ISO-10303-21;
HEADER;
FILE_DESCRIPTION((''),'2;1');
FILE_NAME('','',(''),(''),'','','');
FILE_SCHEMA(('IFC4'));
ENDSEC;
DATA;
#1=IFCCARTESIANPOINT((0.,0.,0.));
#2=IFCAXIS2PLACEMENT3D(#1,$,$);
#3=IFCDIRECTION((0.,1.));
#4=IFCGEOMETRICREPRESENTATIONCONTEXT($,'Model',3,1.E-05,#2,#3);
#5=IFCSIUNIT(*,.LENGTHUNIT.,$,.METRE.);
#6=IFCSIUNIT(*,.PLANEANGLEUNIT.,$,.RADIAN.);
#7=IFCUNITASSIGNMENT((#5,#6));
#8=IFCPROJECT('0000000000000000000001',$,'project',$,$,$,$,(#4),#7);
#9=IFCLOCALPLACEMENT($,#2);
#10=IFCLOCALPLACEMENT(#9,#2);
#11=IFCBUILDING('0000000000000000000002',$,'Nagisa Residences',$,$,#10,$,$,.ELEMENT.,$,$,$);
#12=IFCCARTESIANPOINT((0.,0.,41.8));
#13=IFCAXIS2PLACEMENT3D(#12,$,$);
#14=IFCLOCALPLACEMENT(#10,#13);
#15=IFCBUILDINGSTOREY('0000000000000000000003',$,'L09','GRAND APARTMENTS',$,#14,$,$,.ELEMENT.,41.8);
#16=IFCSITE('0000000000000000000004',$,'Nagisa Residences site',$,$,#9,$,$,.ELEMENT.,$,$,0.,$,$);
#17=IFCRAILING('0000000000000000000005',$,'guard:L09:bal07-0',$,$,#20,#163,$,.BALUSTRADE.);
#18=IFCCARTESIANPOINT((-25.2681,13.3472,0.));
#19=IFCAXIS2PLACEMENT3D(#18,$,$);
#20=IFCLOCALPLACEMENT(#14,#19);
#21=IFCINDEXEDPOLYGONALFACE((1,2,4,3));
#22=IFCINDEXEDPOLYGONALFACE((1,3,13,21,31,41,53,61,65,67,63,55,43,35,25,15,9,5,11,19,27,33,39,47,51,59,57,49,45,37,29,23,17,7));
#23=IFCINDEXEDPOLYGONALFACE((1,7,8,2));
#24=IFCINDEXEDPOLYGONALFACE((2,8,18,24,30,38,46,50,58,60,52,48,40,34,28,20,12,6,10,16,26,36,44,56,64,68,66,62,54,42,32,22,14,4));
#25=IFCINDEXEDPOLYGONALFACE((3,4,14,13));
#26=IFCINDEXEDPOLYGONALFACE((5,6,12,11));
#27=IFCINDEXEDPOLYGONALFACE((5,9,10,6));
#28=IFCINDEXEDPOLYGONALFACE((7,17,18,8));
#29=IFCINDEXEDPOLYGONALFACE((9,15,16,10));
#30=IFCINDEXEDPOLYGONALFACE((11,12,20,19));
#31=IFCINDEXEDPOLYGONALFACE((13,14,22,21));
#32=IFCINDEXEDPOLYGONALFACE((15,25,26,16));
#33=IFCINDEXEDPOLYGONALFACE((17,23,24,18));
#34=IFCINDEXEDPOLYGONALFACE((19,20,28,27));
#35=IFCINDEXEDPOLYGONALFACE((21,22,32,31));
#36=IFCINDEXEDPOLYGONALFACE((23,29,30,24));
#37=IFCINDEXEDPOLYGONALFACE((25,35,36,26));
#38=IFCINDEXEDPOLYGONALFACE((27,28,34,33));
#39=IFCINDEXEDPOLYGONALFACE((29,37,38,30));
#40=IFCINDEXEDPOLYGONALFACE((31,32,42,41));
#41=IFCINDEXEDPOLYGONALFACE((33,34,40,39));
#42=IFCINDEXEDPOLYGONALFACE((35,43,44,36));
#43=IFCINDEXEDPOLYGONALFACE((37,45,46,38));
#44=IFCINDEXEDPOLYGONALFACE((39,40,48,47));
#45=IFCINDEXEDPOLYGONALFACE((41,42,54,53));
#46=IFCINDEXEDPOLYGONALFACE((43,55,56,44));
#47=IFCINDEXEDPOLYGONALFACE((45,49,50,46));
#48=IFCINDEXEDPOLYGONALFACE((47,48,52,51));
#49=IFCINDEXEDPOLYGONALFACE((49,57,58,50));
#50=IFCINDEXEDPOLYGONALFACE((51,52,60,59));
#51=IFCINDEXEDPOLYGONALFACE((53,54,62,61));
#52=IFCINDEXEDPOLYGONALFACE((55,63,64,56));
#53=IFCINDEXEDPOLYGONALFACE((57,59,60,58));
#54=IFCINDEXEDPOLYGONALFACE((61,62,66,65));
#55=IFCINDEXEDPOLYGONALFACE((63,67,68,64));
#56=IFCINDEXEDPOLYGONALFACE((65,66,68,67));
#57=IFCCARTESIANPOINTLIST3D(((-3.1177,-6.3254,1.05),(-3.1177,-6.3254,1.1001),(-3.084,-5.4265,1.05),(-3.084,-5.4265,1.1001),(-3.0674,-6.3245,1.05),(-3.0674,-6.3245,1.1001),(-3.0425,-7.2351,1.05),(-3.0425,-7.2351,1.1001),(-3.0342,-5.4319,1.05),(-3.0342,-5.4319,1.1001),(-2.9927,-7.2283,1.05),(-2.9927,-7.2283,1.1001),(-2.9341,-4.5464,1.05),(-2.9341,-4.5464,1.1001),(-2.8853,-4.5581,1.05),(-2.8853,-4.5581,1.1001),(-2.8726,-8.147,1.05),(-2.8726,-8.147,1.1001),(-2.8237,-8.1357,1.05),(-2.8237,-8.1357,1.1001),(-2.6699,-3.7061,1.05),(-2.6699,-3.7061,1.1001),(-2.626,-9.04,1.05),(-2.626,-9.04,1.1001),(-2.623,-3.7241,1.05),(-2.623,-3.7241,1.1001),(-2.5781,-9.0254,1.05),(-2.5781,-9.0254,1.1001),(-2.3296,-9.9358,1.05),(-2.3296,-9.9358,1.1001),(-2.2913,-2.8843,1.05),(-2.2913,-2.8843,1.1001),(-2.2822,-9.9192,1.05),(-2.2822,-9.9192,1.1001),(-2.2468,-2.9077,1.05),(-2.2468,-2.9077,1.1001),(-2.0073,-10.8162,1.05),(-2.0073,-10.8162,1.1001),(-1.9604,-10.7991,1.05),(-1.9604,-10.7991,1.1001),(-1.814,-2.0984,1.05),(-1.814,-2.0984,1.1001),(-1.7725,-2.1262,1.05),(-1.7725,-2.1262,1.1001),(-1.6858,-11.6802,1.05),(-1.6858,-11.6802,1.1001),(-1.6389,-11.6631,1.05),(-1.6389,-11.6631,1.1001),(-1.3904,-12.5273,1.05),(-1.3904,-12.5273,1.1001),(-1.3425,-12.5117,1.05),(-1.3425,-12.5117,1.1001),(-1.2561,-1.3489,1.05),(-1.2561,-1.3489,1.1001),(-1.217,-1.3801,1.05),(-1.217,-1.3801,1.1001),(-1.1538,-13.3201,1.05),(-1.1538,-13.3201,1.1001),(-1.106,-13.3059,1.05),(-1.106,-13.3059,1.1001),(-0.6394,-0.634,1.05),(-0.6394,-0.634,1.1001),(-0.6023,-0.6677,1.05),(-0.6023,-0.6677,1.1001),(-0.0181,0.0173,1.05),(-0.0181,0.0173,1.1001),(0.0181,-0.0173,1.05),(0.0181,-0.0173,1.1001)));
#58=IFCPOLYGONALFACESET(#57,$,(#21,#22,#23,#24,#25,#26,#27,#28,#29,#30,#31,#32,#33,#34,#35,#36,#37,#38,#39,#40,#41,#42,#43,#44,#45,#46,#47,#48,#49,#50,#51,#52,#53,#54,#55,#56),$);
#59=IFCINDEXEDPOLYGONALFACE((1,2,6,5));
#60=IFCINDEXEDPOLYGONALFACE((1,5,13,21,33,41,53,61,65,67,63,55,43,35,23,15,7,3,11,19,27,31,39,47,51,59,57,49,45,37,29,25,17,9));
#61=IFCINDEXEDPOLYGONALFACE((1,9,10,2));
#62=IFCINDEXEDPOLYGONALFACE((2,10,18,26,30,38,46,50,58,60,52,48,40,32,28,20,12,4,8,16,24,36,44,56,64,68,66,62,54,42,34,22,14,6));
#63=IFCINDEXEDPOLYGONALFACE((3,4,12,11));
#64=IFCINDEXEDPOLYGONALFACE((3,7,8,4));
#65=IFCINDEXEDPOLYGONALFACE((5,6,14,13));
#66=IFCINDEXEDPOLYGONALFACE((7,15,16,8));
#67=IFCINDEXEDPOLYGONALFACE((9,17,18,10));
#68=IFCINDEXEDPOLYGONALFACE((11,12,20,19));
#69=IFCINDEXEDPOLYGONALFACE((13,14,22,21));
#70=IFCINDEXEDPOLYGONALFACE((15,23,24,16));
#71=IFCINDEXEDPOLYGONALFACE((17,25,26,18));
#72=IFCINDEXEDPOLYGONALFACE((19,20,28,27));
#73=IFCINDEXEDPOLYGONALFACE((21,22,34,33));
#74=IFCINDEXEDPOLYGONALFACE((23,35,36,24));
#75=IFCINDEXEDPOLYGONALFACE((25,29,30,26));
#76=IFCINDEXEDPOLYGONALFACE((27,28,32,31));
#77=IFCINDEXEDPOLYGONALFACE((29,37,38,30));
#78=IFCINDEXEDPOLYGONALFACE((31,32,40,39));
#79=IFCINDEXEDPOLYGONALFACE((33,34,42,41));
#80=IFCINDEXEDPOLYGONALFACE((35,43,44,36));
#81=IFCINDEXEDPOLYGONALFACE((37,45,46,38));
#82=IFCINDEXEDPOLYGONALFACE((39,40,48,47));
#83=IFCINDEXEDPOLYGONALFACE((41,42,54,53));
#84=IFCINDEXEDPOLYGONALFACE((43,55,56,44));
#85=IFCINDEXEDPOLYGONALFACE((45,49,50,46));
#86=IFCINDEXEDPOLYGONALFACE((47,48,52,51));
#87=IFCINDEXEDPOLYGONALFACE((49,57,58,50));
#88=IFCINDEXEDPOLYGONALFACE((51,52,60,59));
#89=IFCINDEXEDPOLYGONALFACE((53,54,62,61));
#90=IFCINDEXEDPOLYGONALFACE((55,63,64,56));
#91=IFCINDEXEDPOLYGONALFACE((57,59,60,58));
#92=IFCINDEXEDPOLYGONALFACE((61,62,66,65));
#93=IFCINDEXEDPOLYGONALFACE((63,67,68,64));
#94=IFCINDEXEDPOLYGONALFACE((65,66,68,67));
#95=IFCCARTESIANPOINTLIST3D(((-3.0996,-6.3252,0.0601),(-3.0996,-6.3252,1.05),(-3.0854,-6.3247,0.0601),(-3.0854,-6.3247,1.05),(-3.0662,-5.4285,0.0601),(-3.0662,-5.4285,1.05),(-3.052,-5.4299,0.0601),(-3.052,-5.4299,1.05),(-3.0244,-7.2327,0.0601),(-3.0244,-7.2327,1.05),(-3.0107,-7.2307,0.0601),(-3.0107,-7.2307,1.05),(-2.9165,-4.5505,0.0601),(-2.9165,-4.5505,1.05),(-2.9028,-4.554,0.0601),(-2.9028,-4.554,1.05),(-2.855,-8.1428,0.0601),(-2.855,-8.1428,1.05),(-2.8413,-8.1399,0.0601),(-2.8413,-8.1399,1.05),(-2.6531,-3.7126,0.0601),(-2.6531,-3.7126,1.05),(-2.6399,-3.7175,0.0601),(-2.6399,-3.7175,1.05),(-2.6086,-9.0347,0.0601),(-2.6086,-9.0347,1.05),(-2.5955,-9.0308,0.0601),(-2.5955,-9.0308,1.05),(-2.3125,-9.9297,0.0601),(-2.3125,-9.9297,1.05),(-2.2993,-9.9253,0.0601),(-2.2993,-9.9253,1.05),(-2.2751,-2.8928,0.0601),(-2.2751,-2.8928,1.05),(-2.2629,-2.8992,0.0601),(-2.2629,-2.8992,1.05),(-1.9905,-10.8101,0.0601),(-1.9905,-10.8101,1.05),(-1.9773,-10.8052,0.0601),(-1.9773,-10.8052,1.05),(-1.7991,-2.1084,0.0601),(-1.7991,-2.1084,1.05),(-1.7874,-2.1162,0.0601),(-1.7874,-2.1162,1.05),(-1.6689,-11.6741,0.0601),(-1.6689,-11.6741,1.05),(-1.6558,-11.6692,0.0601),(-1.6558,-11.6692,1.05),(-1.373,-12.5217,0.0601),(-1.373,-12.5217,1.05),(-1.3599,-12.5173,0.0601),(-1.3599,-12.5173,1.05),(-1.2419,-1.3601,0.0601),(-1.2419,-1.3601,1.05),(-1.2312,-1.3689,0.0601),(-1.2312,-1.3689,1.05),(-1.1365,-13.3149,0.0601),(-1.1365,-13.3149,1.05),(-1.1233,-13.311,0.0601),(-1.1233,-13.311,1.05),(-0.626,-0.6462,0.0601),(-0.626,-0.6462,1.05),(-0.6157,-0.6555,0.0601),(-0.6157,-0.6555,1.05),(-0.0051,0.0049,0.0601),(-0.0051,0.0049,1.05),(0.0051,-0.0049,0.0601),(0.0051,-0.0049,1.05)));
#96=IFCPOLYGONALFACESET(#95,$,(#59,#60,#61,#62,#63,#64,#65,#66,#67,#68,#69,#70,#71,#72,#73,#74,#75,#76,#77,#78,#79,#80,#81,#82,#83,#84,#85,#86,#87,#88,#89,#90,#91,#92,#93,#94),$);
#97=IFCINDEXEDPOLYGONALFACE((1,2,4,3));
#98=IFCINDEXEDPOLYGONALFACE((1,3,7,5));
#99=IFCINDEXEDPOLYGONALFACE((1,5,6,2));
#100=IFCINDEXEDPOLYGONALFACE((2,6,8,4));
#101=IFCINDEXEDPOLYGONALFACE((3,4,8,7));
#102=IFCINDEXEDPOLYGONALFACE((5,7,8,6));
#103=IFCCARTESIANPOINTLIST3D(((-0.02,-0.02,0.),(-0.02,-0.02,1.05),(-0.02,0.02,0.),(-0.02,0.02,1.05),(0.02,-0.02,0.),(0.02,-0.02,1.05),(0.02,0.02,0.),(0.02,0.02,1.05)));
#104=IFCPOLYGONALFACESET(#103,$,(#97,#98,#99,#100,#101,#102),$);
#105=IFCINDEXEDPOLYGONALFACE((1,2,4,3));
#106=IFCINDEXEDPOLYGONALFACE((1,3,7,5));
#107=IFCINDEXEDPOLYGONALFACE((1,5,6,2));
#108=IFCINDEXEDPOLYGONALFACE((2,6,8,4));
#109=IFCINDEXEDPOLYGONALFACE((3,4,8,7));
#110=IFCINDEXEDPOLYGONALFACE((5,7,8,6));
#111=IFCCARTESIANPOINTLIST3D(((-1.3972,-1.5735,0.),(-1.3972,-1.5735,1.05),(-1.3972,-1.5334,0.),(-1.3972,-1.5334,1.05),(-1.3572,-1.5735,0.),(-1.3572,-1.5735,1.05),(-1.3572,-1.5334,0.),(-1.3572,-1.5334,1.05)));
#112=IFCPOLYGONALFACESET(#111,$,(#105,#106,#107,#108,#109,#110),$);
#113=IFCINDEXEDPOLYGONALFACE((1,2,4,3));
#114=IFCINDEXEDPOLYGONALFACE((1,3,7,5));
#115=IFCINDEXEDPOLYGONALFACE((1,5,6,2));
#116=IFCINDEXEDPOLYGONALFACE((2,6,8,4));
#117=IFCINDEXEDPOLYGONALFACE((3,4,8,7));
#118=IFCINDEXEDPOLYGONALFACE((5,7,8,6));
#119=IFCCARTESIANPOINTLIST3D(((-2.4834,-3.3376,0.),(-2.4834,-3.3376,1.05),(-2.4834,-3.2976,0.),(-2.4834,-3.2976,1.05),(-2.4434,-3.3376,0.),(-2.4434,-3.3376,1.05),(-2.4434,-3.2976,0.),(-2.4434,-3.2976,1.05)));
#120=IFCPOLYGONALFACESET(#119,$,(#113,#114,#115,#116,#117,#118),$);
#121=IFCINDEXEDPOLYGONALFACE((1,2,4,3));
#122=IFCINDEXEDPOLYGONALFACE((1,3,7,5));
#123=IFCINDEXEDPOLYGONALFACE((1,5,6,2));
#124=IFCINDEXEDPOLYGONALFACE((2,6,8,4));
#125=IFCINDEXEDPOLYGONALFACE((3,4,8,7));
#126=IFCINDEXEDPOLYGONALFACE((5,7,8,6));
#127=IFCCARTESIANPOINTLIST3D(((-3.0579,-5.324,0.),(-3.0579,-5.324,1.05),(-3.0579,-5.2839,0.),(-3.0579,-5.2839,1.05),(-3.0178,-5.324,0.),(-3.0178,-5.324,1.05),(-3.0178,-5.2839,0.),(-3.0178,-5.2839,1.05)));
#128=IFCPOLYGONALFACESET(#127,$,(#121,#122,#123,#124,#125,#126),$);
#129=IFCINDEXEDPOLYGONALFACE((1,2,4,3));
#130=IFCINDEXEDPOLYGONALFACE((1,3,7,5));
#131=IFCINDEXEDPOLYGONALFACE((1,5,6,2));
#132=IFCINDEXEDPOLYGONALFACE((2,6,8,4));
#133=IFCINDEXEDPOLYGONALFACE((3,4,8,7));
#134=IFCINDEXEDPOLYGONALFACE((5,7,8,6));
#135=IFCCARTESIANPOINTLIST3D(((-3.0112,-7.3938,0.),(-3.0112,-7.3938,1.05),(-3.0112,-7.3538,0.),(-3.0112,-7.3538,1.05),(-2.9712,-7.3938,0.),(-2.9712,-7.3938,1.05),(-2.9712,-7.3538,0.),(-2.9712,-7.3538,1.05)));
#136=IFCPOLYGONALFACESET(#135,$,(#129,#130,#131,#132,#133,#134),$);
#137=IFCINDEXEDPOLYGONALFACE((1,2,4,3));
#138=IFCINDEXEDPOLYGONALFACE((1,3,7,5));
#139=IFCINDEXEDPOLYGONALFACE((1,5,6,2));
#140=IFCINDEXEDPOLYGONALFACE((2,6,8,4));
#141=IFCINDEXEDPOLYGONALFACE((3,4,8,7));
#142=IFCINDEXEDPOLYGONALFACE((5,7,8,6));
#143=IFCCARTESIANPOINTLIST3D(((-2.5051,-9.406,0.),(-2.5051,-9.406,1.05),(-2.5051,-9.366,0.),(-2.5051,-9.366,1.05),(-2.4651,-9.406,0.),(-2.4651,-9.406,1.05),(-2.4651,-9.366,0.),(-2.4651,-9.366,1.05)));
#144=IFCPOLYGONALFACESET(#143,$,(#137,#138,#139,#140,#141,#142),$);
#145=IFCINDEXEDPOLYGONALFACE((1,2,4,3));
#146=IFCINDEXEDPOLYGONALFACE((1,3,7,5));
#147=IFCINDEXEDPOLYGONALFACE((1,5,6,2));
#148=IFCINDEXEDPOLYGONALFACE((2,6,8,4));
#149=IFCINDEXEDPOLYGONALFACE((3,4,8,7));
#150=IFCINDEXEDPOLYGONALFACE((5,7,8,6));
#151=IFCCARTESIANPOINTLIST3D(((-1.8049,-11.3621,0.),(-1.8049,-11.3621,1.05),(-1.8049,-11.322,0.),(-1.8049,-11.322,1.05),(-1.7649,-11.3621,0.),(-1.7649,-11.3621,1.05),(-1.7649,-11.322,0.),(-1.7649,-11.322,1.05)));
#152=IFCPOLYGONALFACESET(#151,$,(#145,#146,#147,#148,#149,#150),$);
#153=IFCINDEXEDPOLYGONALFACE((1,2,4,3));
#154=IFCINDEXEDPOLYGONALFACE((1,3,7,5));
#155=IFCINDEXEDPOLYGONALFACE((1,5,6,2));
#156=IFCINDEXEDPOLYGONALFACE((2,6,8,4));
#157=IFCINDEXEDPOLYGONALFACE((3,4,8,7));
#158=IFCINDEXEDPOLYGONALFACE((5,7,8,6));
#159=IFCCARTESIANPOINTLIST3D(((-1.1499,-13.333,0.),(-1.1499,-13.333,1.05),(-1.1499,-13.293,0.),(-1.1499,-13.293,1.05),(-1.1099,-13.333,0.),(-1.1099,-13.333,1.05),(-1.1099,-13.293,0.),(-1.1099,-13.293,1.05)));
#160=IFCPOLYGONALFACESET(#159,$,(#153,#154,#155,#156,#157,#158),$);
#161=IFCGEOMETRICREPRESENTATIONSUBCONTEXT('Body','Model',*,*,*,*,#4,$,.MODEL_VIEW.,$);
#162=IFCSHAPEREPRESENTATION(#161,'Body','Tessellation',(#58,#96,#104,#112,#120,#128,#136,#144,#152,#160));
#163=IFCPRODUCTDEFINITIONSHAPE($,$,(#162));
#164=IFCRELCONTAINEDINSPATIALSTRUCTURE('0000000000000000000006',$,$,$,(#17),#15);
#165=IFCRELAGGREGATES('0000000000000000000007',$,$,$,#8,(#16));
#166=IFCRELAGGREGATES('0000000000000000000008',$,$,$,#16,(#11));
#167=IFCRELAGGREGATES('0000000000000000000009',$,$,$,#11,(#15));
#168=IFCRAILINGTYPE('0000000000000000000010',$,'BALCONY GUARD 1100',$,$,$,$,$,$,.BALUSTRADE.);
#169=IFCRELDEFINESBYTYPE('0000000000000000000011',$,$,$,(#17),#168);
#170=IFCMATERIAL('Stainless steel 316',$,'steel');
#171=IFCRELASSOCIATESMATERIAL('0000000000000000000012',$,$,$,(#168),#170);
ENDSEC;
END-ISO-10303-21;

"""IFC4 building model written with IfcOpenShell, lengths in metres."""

from ifc_helpers import new_model, si_unit, direction, frame, origin, origin_2d, place, context, subcontext, project, spatial, polyline, rectangle, outline, extrude, material, type_object, element, save


model = new_model("IFC4")

# Units and contexts
model_context = context("Model", 3, precision=1e-05, world=origin(), true_north=direction((0.0, 1.0)))
body_context = subcontext(model_context, "Body", "Model", "MODEL_VIEW")
ifc_project = project(units=[si_unit("LENGTHUNIT", "METRE"), si_unit("PLANEANGLEUNIT", "RADIAN")], contexts=[model_context])

# Site, building, storey
site_placement = place(None, origin())
site = spatial("IfcSite", under=ifc_project, at=site_placement, Name="Nagisa Residences site", CompositionType="ELEMENT", RefElevation=0.0)
building_placement = place(site_placement, origin())
building = spatial("IfcBuilding", under=site, at=building_placement, Name="Nagisa Residences", CompositionType="ELEMENT")
storey_placement = place(building_placement, frame((0.0, 0.0, 41.8)))
storey = spatial("IfcBuildingStorey", under=building, at=storey_placement, Name="L09", Description="GRAND APARTMENTS", CompositionType="ELEMENT", Elevation=41.8)

# Railing
ifc_material_1 = material(Name="Stainless steel 316", Category="steel")
railing_type = type_object("IfcRailingType", Name="BALCONY GUARD 1100", PredefinedType="BALUSTRADE", material=ifc_material_1)
railing_1_placement = place(storey_placement, frame((-25.2681, 13.3472, 0.0)))
element("IfcRailing", 1, at=railing_1_placement, inside=storey, type_object=railing_type, Name="guard:L09:bal07-0", PredefinedType="BALUSTRADE", context=body_context, shape_type="SweptSolid", body=[
    extrude(outline(polyline([(-0.6023, -0.6677), (0.0181, -0.0173), (-0.0181, 0.0173), (-0.6394, -0.634), (-1.2561, -1.3489), (-1.814, -2.0984), (-2.2913, -2.8843), (-2.6699, -3.7061), (-2.9341, -4.5464), (-3.084, -5.4265), (-3.1177, -6.3254), (-3.0425, -7.2351), (-2.8726, -8.147), (-2.626, -9.04), (-2.3296, -9.9358), (-2.0073, -10.8162), (-1.6858, -11.6802), (-1.3904, -12.5273), (-1.1538, -13.3201), (-1.106, -13.3059), (-1.3425, -12.5117), (-1.6389, -11.6631), (-1.9604, -10.7991), (-2.2822, -9.9192), (-2.5781, -9.0254), (-2.8237, -8.1357), (-2.9927, -7.2283), (-3.0674, -6.3245), (-3.0342, -5.4319), (-2.8853, -4.5581), (-2.623, -3.7241), (-2.2468, -2.9077), (-1.7725, -2.1262), (-1.217, -1.3801), (-0.6023, -0.6677)])), frame((0.0, 0.0, 1.05)), (0.0, 0.0, 1.0), 0.05),
    extrude(outline(polyline([(-0.6157, -0.6555), (0.0051, -0.0049), (-0.0051, 0.0049), (-0.626, -0.6462), (-1.2419, -1.3601), (-1.7991, -2.1084), (-2.2751, -2.8928), (-2.6531, -3.7126), (-2.9165, -4.5505), (-3.0662, -5.4285), (-3.0996, -6.3252), (-3.0244, -7.2327), (-2.855, -8.1428), (-2.6086, -9.0347), (-2.3125, -9.9297), (-1.9905, -10.8101), (-1.6689, -11.6741), (-1.373, -12.5217), (-1.1365, -13.3149), (-1.1233, -13.311), (-1.3599, -12.5173), (-1.6558, -11.6692), (-1.9773, -10.8052), (-2.2993, -9.9253), (-2.5955, -9.0308), (-2.8413, -8.1399), (-3.0107, -7.2307), (-3.0854, -6.3247), (-3.052, -5.4299), (-2.9028, -4.554), (-2.6399, -3.7175), (-2.2629, -2.8992), (-1.7874, -2.1162), (-1.2312, -1.3689), (-0.6157, -0.6555)])), frame((0.0, 0.0, 0.0601)), (0.0, 0.0, 1.0), 0.99),
    extrude(rectangle(XDim=0.04, YDim=0.04, at=origin_2d()), origin(), (0.0, 0.0, 1.0), 1.05),
    extrude(rectangle(XDim=0.04, YDim=0.04, at=origin_2d()), frame((-1.3772, -1.5535, 0.0)), (0.0, 0.0, 1.0), 1.05),
    extrude(rectangle(XDim=0.04, YDim=0.04, at=origin_2d()), frame((-2.4634, -3.3176, 0.0)), (0.0, 0.0, 1.0), 1.05),
    extrude(rectangle(XDim=0.04, YDim=0.04, at=origin_2d()), frame((-3.0378, -5.304, 0.0)), (0.0, 0.0, 1.0), 1.05),
    extrude(rectangle(XDim=0.04, YDim=0.04, at=origin_2d()), frame((-2.9912, -7.3738, 0.0)), (0.0, 0.0, 1.0), 1.05),
    extrude(rectangle(XDim=0.04, YDim=0.04, at=origin_2d()), frame((-2.4851, -9.386, 0.0)), (0.0, 0.0, 1.0), 1.05),
    extrude(rectangle(XDim=0.04, YDim=0.04, at=origin_2d()), frame((-1.7849, -11.342, 0.0)), (0.0, 0.0, 1.0), 1.05),
    extrude(rectangle(XDim=0.04, YDim=0.04, at=origin_2d()), frame((-1.1299, -13.313, 0.0)), (0.0, 0.0, 1.0), 1.05),
])

save(model, "model.ifc")
